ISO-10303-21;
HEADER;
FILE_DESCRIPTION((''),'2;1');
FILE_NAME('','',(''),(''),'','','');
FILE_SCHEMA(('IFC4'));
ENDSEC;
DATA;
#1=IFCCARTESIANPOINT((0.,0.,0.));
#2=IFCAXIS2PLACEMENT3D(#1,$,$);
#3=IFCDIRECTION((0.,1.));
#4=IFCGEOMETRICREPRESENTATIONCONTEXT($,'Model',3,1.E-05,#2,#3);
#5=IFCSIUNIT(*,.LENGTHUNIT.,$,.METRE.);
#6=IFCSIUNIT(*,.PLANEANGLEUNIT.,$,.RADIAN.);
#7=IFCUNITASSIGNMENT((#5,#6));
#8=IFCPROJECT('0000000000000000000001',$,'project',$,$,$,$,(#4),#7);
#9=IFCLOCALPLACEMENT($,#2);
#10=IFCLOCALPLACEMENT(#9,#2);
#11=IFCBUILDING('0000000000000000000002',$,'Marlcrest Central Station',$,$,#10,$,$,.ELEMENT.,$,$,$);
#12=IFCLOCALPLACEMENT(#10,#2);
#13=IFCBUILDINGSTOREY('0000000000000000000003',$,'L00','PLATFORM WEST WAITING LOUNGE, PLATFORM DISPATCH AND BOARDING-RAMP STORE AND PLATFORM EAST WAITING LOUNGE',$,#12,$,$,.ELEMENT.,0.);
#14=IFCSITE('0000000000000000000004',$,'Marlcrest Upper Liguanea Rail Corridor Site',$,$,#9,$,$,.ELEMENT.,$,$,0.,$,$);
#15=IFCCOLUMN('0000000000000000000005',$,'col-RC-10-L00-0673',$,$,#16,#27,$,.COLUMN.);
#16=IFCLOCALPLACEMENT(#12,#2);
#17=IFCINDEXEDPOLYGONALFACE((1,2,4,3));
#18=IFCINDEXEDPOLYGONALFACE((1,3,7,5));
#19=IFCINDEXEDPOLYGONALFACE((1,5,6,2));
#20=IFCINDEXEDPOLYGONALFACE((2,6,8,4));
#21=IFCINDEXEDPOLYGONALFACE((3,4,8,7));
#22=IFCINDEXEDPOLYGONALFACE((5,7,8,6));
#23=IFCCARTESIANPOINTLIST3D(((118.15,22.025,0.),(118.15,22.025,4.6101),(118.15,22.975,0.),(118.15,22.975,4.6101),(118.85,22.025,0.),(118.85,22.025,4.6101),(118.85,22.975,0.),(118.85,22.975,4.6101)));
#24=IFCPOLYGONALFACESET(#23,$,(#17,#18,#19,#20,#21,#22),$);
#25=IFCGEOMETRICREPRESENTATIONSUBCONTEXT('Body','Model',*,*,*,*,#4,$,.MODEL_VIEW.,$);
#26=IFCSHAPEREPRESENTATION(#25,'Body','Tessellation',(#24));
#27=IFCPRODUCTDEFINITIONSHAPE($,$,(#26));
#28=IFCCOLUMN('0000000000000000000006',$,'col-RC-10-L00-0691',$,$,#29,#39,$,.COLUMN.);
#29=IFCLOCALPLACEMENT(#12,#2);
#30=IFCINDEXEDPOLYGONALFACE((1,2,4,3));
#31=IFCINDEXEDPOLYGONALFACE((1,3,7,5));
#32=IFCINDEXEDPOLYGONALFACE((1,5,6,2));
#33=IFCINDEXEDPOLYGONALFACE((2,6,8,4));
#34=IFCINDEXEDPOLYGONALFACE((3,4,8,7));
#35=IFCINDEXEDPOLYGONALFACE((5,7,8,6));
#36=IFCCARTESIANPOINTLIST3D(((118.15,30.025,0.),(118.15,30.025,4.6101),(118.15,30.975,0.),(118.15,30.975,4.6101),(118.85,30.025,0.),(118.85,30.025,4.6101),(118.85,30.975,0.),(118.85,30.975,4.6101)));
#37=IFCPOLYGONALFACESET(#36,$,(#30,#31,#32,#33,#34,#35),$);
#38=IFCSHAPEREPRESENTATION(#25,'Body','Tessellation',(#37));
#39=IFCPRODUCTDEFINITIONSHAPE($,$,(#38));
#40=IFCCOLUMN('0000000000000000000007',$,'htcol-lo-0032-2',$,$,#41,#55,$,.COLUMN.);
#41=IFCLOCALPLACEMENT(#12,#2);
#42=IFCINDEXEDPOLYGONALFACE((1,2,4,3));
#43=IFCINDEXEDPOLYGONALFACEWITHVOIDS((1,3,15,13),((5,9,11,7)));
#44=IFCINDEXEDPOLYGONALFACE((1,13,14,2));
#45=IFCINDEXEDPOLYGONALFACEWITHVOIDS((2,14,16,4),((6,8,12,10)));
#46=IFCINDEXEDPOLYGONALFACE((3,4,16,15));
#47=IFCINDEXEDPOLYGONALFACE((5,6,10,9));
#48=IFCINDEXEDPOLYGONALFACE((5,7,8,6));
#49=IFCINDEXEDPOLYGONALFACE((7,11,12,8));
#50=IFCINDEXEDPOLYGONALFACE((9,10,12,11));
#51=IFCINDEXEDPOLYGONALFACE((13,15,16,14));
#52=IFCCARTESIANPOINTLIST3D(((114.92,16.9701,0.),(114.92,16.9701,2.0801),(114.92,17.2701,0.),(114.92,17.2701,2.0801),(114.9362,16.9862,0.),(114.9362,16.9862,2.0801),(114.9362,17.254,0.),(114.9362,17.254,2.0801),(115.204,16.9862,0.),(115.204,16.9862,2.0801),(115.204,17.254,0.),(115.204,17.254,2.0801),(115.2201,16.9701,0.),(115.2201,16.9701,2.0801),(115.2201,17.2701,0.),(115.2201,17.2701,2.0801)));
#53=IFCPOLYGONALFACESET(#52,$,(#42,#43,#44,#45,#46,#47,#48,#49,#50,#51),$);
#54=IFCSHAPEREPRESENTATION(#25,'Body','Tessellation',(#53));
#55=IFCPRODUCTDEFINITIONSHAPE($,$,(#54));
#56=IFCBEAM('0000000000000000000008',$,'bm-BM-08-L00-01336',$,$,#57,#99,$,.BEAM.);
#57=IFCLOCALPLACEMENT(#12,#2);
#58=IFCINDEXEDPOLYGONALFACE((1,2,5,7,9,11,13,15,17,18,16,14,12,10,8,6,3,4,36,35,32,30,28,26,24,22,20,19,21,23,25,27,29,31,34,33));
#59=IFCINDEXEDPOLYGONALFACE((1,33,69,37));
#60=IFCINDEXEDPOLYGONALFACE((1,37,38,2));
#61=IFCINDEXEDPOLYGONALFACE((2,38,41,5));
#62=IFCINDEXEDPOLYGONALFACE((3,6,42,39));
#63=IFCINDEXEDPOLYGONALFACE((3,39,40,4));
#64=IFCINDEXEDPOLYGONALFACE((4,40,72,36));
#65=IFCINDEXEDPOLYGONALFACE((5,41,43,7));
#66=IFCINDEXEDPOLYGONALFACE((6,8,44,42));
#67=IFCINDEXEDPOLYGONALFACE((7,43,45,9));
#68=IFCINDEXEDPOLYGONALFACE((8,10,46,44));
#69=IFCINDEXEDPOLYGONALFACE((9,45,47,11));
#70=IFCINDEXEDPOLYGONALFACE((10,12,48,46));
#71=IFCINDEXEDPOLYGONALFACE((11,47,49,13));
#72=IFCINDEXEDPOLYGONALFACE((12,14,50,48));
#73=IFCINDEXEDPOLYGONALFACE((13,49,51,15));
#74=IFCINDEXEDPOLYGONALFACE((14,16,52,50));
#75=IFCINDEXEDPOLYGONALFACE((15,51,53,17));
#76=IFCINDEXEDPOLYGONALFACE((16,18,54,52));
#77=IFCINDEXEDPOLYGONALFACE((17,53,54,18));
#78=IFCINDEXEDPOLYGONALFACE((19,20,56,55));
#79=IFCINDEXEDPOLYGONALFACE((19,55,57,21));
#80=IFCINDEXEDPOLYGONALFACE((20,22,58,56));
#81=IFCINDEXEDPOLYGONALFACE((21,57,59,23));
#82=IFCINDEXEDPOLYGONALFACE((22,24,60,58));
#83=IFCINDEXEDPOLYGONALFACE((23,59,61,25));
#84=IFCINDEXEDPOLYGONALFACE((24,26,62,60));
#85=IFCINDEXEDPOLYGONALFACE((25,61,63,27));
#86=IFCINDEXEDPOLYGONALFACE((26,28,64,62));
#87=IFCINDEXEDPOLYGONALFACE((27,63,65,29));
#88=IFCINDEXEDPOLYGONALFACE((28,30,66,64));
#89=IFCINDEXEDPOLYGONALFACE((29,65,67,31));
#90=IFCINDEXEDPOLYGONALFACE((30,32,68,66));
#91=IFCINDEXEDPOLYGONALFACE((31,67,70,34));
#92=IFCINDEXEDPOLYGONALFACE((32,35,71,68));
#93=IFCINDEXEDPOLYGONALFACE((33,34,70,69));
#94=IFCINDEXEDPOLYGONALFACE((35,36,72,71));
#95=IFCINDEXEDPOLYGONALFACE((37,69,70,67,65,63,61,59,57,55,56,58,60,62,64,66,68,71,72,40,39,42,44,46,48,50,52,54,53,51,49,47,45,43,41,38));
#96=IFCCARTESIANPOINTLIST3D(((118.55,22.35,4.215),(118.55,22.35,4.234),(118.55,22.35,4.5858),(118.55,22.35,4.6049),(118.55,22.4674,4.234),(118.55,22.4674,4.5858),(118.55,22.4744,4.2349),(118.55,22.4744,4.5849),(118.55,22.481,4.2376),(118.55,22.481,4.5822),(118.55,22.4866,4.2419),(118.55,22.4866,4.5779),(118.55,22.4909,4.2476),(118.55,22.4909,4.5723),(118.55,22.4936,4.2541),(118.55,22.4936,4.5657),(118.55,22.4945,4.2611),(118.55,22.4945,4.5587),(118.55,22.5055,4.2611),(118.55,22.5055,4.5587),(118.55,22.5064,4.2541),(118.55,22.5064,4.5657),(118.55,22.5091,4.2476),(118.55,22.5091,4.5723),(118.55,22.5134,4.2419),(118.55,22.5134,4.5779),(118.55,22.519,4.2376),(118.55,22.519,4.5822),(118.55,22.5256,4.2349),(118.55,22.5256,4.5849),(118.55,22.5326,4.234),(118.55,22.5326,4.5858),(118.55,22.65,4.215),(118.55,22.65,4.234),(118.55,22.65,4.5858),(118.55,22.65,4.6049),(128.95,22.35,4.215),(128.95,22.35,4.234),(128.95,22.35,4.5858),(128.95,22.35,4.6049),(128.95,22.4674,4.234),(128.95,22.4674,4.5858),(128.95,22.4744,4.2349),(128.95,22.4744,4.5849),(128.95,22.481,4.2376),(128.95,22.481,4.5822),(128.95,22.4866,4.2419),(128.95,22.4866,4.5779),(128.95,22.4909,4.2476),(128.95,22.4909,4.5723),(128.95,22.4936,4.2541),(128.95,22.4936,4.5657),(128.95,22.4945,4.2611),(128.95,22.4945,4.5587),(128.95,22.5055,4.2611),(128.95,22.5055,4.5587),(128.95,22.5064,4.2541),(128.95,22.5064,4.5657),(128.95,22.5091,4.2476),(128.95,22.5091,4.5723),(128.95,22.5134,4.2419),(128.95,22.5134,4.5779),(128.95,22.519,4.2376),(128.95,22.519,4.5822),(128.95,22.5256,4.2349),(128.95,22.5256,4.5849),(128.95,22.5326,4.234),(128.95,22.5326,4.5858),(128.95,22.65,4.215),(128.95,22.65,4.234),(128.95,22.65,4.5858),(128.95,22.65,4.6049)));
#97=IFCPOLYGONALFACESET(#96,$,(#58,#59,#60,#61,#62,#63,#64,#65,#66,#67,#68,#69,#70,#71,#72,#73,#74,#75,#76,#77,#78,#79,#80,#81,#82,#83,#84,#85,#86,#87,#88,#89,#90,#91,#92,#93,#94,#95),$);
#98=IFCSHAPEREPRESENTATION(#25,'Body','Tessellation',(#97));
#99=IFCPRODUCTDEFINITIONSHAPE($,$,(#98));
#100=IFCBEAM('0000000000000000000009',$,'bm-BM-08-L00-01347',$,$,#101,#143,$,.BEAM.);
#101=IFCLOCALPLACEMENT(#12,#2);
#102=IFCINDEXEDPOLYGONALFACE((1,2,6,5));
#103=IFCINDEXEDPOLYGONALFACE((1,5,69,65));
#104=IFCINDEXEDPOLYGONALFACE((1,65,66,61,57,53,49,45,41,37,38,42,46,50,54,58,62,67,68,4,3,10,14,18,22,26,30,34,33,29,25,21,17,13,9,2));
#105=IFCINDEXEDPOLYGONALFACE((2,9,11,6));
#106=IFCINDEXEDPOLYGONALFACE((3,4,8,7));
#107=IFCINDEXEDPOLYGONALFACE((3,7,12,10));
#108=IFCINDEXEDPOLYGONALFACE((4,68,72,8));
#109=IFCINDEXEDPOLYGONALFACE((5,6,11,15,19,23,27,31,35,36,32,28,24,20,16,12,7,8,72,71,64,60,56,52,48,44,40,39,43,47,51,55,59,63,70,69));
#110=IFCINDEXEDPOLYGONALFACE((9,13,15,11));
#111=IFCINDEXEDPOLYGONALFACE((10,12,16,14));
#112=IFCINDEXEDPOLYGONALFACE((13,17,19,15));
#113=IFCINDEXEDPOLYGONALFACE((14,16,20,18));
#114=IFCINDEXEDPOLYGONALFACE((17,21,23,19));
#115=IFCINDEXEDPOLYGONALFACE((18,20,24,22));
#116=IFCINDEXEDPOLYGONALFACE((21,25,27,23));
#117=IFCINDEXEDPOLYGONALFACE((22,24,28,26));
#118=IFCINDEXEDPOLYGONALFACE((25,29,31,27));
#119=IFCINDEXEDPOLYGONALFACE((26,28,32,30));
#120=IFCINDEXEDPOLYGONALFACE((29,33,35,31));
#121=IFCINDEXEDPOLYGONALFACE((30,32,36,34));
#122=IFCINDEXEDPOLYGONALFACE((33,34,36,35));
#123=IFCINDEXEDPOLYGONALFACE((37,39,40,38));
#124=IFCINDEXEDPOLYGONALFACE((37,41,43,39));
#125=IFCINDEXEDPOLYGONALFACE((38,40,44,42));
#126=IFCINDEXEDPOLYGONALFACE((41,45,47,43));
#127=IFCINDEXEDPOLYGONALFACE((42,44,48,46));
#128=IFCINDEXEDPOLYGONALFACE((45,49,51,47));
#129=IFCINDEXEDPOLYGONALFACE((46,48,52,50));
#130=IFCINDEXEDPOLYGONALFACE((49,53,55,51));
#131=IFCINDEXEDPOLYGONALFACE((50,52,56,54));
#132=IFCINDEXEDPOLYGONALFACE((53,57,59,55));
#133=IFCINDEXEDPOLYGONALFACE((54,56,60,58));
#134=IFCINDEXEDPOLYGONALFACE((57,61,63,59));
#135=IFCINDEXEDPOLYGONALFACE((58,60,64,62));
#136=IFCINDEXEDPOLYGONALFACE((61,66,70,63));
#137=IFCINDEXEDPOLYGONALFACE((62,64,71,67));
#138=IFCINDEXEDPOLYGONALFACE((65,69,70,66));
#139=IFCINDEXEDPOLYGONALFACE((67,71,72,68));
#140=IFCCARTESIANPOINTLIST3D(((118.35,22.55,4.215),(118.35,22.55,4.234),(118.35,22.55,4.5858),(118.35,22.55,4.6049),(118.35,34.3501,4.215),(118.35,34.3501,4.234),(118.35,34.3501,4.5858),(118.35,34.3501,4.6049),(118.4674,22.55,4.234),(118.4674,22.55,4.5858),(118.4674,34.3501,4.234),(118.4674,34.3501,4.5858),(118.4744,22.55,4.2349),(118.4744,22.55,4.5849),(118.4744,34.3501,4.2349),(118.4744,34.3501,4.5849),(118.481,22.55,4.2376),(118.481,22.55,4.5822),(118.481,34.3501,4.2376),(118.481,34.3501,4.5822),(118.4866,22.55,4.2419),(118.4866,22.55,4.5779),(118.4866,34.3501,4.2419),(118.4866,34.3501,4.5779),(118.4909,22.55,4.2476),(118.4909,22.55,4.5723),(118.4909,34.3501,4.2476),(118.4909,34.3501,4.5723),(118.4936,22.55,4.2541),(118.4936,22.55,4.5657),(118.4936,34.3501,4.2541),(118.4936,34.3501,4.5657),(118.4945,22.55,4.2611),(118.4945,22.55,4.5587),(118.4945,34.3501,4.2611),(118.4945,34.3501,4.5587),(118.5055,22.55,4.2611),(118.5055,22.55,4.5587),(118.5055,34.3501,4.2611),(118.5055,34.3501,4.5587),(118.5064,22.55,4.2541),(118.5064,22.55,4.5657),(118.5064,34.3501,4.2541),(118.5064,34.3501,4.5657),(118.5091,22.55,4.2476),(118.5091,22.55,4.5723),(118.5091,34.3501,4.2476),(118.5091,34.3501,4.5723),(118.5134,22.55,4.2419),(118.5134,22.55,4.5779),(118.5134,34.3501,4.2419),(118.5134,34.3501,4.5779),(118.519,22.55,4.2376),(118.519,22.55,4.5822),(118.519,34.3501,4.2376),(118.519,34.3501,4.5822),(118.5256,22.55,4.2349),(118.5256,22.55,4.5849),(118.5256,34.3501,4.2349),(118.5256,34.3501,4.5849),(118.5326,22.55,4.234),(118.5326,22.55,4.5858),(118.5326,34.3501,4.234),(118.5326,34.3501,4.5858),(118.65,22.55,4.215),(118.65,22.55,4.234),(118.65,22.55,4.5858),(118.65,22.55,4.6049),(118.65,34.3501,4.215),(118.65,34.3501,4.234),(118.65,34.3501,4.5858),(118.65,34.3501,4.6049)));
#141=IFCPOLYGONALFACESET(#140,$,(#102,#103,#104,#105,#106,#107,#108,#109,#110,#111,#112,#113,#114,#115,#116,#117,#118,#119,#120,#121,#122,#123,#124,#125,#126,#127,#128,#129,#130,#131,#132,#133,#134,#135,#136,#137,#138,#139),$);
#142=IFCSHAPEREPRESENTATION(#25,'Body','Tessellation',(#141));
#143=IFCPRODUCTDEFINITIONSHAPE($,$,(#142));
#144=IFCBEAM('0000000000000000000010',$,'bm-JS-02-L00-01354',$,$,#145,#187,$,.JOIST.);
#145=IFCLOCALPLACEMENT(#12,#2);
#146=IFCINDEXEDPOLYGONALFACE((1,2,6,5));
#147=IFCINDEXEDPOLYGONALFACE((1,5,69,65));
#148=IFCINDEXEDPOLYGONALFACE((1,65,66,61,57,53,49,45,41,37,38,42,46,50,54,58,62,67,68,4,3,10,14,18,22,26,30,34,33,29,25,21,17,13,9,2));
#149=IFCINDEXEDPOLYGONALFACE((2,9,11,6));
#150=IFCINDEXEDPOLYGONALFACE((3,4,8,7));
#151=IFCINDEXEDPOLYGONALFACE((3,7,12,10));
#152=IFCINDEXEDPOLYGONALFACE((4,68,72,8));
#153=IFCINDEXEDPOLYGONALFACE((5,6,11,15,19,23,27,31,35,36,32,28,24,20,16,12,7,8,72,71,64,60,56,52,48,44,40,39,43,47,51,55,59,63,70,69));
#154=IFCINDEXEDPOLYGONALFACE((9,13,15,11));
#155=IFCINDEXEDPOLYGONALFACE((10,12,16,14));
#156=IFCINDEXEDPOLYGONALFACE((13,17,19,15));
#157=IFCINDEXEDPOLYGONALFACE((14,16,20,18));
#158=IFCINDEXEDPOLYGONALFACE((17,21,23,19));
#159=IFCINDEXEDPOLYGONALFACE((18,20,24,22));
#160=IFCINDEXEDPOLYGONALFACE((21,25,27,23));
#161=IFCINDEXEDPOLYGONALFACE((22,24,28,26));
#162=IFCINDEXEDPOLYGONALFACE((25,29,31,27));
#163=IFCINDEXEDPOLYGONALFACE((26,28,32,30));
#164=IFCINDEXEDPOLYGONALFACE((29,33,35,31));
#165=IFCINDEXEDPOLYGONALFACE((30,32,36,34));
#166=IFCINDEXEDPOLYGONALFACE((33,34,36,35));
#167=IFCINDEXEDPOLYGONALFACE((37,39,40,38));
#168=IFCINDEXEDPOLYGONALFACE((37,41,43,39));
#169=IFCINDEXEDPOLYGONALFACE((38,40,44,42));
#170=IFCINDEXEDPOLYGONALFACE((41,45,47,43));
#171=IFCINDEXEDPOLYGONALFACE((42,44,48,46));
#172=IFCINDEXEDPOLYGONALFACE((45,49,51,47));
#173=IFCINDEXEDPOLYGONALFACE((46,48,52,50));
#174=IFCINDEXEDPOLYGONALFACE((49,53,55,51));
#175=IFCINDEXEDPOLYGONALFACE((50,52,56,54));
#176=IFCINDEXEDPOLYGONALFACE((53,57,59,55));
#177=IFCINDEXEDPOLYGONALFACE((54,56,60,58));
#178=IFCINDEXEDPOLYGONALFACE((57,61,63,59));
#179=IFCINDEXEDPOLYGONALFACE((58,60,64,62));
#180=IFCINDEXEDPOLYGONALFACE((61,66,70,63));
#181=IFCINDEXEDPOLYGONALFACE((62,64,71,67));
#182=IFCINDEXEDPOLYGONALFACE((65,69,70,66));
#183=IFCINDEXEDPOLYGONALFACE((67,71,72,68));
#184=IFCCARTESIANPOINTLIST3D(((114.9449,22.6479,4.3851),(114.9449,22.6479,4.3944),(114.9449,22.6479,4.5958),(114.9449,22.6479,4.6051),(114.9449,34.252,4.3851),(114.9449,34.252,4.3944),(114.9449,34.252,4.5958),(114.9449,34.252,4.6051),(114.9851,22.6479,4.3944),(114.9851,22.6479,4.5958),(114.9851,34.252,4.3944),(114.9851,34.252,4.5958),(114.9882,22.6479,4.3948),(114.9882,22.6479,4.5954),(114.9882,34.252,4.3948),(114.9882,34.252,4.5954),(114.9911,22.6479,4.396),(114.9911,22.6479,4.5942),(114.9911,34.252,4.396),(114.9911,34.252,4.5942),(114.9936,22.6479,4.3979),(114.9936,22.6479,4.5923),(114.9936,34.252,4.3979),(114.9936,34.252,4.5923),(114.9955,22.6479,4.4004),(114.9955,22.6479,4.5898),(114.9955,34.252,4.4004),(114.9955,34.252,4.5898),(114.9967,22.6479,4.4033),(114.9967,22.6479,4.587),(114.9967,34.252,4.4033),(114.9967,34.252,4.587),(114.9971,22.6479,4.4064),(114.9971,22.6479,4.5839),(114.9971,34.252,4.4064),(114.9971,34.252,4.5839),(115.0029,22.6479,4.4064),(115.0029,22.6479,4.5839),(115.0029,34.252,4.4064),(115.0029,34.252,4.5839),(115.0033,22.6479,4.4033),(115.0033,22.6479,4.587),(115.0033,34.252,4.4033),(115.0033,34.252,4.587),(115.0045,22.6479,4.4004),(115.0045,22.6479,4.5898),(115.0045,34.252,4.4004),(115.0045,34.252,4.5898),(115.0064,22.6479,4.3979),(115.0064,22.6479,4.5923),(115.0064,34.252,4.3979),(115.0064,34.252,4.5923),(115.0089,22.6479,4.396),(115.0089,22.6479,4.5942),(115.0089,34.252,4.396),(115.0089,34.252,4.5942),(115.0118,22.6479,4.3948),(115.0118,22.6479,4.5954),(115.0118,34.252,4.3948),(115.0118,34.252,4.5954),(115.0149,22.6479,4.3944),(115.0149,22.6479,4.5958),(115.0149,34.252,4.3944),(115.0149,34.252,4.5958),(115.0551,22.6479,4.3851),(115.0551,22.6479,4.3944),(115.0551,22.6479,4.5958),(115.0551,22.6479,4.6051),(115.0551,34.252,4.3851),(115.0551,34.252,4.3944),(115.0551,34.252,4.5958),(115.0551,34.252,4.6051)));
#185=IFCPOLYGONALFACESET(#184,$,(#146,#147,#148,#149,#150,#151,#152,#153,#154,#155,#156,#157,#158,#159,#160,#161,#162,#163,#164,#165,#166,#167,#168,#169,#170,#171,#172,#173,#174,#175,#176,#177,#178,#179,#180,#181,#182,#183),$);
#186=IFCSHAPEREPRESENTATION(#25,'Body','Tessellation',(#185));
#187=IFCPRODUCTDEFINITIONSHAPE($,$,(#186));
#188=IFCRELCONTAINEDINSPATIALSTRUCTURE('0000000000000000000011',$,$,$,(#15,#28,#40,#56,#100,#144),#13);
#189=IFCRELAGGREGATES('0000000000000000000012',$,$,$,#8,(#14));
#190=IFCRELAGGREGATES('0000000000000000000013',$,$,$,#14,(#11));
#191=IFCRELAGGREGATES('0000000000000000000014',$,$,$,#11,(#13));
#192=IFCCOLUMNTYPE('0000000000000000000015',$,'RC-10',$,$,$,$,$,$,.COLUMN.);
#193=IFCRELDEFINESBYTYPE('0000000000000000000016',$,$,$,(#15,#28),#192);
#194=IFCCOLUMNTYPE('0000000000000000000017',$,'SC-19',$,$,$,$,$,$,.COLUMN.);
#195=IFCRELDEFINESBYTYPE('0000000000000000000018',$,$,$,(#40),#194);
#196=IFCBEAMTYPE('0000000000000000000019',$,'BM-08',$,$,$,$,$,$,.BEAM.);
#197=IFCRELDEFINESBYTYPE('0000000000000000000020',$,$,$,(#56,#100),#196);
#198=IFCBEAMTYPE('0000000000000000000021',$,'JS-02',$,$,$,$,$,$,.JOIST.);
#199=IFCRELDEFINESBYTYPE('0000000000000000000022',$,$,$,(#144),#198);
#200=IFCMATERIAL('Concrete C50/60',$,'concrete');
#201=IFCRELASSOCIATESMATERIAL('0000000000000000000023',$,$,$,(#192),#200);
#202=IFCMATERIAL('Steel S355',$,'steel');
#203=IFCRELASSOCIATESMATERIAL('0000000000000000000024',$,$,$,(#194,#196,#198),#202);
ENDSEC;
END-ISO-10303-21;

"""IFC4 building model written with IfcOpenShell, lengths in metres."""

from ifc_helpers import new_model, si_unit, direction, frame, origin, origin_2d, place, context, subcontext, project, spatial, rectangle, hollow_rectangle, i_section, extrude, material, material_profile, profile_set, type_object, element, save


model = new_model("IFC4")

# Units and contexts
model_context = context("Model", 3, precision=1e-05, world=origin(), true_north=direction((0.0, 1.0)))
body_context = subcontext(model_context, "Body", "Model", "MODEL_VIEW")
ifc_project = project(units=[si_unit("LENGTHUNIT", "METRE"), si_unit("PLANEANGLEUNIT", "RADIAN")], contexts=[model_context])

# Site, building, storey
site_placement = place(None, origin())
site = spatial("IfcSite", under=ifc_project, at=site_placement, Name="Marlcrest Upper Liguanea Rail Corridor Site", CompositionType="ELEMENT", RefElevation=0.0)
building_placement = place(site_placement, origin())
building = spatial("IfcBuilding", under=site, at=building_placement, Name="Marlcrest Central Station", CompositionType="ELEMENT")
storey_placement = place(building_placement, origin())
storey = spatial("IfcBuildingStorey", under=building, at=storey_placement, Name="L00", Description="PLATFORM WEST WAITING LOUNGE, PLATFORM DISPATCH AND BOARDING-RAMP STORE AND PLATFORM EAST WAITING LOUNGE", CompositionType="ELEMENT", Elevation=0.0)

# Columns
ifc_material_1 = material(Name="Concrete C50/60", Category="concrete")
ifc_material_profile_1 = material_profile(ifc_material_1, rectangle(XDim=0.7, YDim=0.95, at=origin_2d()), Name="RC 700x950")
ifc_profile_set_1 = profile_set([ifc_material_profile_1], Name="Concrete C50/60")
column_type_1 = type_object("IfcColumnType", Name="RC-10", PredefinedType="COLUMN", material=ifc_profile_set_1)
for number, where, z_axis, x_axis, name in (
    (1, (118.5, 22.5, 0.0), (0.0, 0.0, 1.0), (1.0, 0.0, 0.0), "col-RC-10-L00-0673"),
    (2, (118.5, 30.5, 0.0), (0.0, 0.0, 1.0), (1.0, 0.0, 0.0), "col-RC-10-L00-0691"),
):
    element("IfcColumn", number, at=place(storey_placement, frame(where, z_axis=z_axis, x_axis=x_axis)), inside=storey, type_object=column_type_1, Name=name, PredefinedType="COLUMN", context=body_context, shape_type="SweptSolid", body=[
        extrude(rectangle(XDim=0.7, YDim=0.95, at=origin_2d()), origin(), (0.0, 0.0, 1.0), 4.6101),
    ])
ifc_material_2 = material(Name="Steel S355", Category="steel")
ifc_material_profile_2 = material_profile(ifc_material_2, hollow_rectangle(XDim=0.3, YDim=0.3, WallThickness=0.0161, at=origin_2d()), Name="SHS 300x300x16")
ifc_profile_set_2 = profile_set([ifc_material_profile_2], Name="Steel S355")
column_type_2 = type_object("IfcColumnType", Name="SC-19", PredefinedType="COLUMN", material=ifc_profile_set_2)
column_placement = place(storey_placement, frame((115.0701, 17.1201, 0.0), z_axis=(0.0, 0.0, 1.0), x_axis=(1.0, 0.0, 0.0)))
element("IfcColumn", 3, at=column_placement, inside=storey, type_object=column_type_2, Name="htcol-lo-0032-2", PredefinedType="COLUMN", context=body_context, shape_type="SweptSolid", body=[
    extrude(hollow_rectangle(XDim=0.3, YDim=0.3, WallThickness=0.0161, at=origin_2d()), origin(), (0.0, 0.0, 1.0), 2.0801),
])

# Beams
ifc_material_profile_3 = material_profile(ifc_material_2, i_section(OverallWidth=0.3, OverallDepth=0.3899, WebThickness=0.011, FlangeThickness=0.019, FilletRadius=0.0271, at=origin_2d()), Name="HEA 400")
ifc_profile_set_3 = profile_set([ifc_material_profile_3], Name="Steel S355")
beam_type_1 = type_object("IfcBeamType", Name="BM-08", PredefinedType="BEAM", material=ifc_profile_set_3)
beam_1_placement = place(storey_placement, frame((118.55, 22.5, 4.4099), z_axis=(1.0, 0.0, 0.0), x_axis=(0.0, 1.0, 0.0)))
element("IfcBeam", 4, at=beam_1_placement, inside=storey, type_object=beam_type_1, Name="bm-BM-08-L00-01336", PredefinedType="BEAM", context=body_context, shape_type="SweptSolid", body=[
    extrude(i_section(OverallWidth=0.3, OverallDepth=0.3899, WebThickness=0.011, FlangeThickness=0.019, FilletRadius=0.0271, at=origin_2d()), origin(), (0.0, 0.0, 1.0), 10.3999),
])
beam_2_placement = place(storey_placement, frame((118.5, 22.55, 4.4099), z_axis=(0.0, 1.0, 0.0), x_axis=(-1.0, 0.0, 0.0)))
element("IfcBeam", 5, at=beam_2_placement, inside=storey, type_object=beam_type_1, Name="bm-BM-08-L00-01347", PredefinedType="BEAM", context=body_context, shape_type="SweptSolid", body=[
    extrude(i_section(OverallWidth=0.3, OverallDepth=0.3899, WebThickness=0.011, FlangeThickness=0.019, FilletRadius=0.0271, at=origin_2d()), origin(), (0.0, 0.0, 1.0), 11.8),
])
ifc_material_profile_4 = material_profile(ifc_material_2, i_section(OverallWidth=0.1101, OverallDepth=0.22, WebThickness=0.0059, FlangeThickness=0.0093, FilletRadius=0.012, at=origin_2d()), Name="IPE 220")
ifc_profile_set_4 = profile_set([ifc_material_profile_4], Name="Steel S355")
beam_type_2 = type_object("IfcBeamType", Name="JS-02", PredefinedType="JOIST", material=ifc_profile_set_4)
for number, where, z_axis, x_axis, name in (
    (6, (115.0, 22.6479, 4.4951), (0.0, 1.0, 0.0), (-1.0, 0.0, 0.0), "bm-JS-02-L00-01354"),
):
    element("IfcBeam", number, at=place(storey_placement, frame(where, z_axis=z_axis, x_axis=x_axis)), inside=storey, type_object=beam_type_2, Name=name, PredefinedType="JOIST", context=body_context, shape_type="SweptSolid", body=[
        extrude(i_section(OverallWidth=0.1101, OverallDepth=0.22, WebThickness=0.0059, FlangeThickness=0.0093, FilletRadius=0.012, at=origin_2d()), origin(), (0.0, 0.0, 1.0), 11.604),
    ])

save(model, "model.ifc")
